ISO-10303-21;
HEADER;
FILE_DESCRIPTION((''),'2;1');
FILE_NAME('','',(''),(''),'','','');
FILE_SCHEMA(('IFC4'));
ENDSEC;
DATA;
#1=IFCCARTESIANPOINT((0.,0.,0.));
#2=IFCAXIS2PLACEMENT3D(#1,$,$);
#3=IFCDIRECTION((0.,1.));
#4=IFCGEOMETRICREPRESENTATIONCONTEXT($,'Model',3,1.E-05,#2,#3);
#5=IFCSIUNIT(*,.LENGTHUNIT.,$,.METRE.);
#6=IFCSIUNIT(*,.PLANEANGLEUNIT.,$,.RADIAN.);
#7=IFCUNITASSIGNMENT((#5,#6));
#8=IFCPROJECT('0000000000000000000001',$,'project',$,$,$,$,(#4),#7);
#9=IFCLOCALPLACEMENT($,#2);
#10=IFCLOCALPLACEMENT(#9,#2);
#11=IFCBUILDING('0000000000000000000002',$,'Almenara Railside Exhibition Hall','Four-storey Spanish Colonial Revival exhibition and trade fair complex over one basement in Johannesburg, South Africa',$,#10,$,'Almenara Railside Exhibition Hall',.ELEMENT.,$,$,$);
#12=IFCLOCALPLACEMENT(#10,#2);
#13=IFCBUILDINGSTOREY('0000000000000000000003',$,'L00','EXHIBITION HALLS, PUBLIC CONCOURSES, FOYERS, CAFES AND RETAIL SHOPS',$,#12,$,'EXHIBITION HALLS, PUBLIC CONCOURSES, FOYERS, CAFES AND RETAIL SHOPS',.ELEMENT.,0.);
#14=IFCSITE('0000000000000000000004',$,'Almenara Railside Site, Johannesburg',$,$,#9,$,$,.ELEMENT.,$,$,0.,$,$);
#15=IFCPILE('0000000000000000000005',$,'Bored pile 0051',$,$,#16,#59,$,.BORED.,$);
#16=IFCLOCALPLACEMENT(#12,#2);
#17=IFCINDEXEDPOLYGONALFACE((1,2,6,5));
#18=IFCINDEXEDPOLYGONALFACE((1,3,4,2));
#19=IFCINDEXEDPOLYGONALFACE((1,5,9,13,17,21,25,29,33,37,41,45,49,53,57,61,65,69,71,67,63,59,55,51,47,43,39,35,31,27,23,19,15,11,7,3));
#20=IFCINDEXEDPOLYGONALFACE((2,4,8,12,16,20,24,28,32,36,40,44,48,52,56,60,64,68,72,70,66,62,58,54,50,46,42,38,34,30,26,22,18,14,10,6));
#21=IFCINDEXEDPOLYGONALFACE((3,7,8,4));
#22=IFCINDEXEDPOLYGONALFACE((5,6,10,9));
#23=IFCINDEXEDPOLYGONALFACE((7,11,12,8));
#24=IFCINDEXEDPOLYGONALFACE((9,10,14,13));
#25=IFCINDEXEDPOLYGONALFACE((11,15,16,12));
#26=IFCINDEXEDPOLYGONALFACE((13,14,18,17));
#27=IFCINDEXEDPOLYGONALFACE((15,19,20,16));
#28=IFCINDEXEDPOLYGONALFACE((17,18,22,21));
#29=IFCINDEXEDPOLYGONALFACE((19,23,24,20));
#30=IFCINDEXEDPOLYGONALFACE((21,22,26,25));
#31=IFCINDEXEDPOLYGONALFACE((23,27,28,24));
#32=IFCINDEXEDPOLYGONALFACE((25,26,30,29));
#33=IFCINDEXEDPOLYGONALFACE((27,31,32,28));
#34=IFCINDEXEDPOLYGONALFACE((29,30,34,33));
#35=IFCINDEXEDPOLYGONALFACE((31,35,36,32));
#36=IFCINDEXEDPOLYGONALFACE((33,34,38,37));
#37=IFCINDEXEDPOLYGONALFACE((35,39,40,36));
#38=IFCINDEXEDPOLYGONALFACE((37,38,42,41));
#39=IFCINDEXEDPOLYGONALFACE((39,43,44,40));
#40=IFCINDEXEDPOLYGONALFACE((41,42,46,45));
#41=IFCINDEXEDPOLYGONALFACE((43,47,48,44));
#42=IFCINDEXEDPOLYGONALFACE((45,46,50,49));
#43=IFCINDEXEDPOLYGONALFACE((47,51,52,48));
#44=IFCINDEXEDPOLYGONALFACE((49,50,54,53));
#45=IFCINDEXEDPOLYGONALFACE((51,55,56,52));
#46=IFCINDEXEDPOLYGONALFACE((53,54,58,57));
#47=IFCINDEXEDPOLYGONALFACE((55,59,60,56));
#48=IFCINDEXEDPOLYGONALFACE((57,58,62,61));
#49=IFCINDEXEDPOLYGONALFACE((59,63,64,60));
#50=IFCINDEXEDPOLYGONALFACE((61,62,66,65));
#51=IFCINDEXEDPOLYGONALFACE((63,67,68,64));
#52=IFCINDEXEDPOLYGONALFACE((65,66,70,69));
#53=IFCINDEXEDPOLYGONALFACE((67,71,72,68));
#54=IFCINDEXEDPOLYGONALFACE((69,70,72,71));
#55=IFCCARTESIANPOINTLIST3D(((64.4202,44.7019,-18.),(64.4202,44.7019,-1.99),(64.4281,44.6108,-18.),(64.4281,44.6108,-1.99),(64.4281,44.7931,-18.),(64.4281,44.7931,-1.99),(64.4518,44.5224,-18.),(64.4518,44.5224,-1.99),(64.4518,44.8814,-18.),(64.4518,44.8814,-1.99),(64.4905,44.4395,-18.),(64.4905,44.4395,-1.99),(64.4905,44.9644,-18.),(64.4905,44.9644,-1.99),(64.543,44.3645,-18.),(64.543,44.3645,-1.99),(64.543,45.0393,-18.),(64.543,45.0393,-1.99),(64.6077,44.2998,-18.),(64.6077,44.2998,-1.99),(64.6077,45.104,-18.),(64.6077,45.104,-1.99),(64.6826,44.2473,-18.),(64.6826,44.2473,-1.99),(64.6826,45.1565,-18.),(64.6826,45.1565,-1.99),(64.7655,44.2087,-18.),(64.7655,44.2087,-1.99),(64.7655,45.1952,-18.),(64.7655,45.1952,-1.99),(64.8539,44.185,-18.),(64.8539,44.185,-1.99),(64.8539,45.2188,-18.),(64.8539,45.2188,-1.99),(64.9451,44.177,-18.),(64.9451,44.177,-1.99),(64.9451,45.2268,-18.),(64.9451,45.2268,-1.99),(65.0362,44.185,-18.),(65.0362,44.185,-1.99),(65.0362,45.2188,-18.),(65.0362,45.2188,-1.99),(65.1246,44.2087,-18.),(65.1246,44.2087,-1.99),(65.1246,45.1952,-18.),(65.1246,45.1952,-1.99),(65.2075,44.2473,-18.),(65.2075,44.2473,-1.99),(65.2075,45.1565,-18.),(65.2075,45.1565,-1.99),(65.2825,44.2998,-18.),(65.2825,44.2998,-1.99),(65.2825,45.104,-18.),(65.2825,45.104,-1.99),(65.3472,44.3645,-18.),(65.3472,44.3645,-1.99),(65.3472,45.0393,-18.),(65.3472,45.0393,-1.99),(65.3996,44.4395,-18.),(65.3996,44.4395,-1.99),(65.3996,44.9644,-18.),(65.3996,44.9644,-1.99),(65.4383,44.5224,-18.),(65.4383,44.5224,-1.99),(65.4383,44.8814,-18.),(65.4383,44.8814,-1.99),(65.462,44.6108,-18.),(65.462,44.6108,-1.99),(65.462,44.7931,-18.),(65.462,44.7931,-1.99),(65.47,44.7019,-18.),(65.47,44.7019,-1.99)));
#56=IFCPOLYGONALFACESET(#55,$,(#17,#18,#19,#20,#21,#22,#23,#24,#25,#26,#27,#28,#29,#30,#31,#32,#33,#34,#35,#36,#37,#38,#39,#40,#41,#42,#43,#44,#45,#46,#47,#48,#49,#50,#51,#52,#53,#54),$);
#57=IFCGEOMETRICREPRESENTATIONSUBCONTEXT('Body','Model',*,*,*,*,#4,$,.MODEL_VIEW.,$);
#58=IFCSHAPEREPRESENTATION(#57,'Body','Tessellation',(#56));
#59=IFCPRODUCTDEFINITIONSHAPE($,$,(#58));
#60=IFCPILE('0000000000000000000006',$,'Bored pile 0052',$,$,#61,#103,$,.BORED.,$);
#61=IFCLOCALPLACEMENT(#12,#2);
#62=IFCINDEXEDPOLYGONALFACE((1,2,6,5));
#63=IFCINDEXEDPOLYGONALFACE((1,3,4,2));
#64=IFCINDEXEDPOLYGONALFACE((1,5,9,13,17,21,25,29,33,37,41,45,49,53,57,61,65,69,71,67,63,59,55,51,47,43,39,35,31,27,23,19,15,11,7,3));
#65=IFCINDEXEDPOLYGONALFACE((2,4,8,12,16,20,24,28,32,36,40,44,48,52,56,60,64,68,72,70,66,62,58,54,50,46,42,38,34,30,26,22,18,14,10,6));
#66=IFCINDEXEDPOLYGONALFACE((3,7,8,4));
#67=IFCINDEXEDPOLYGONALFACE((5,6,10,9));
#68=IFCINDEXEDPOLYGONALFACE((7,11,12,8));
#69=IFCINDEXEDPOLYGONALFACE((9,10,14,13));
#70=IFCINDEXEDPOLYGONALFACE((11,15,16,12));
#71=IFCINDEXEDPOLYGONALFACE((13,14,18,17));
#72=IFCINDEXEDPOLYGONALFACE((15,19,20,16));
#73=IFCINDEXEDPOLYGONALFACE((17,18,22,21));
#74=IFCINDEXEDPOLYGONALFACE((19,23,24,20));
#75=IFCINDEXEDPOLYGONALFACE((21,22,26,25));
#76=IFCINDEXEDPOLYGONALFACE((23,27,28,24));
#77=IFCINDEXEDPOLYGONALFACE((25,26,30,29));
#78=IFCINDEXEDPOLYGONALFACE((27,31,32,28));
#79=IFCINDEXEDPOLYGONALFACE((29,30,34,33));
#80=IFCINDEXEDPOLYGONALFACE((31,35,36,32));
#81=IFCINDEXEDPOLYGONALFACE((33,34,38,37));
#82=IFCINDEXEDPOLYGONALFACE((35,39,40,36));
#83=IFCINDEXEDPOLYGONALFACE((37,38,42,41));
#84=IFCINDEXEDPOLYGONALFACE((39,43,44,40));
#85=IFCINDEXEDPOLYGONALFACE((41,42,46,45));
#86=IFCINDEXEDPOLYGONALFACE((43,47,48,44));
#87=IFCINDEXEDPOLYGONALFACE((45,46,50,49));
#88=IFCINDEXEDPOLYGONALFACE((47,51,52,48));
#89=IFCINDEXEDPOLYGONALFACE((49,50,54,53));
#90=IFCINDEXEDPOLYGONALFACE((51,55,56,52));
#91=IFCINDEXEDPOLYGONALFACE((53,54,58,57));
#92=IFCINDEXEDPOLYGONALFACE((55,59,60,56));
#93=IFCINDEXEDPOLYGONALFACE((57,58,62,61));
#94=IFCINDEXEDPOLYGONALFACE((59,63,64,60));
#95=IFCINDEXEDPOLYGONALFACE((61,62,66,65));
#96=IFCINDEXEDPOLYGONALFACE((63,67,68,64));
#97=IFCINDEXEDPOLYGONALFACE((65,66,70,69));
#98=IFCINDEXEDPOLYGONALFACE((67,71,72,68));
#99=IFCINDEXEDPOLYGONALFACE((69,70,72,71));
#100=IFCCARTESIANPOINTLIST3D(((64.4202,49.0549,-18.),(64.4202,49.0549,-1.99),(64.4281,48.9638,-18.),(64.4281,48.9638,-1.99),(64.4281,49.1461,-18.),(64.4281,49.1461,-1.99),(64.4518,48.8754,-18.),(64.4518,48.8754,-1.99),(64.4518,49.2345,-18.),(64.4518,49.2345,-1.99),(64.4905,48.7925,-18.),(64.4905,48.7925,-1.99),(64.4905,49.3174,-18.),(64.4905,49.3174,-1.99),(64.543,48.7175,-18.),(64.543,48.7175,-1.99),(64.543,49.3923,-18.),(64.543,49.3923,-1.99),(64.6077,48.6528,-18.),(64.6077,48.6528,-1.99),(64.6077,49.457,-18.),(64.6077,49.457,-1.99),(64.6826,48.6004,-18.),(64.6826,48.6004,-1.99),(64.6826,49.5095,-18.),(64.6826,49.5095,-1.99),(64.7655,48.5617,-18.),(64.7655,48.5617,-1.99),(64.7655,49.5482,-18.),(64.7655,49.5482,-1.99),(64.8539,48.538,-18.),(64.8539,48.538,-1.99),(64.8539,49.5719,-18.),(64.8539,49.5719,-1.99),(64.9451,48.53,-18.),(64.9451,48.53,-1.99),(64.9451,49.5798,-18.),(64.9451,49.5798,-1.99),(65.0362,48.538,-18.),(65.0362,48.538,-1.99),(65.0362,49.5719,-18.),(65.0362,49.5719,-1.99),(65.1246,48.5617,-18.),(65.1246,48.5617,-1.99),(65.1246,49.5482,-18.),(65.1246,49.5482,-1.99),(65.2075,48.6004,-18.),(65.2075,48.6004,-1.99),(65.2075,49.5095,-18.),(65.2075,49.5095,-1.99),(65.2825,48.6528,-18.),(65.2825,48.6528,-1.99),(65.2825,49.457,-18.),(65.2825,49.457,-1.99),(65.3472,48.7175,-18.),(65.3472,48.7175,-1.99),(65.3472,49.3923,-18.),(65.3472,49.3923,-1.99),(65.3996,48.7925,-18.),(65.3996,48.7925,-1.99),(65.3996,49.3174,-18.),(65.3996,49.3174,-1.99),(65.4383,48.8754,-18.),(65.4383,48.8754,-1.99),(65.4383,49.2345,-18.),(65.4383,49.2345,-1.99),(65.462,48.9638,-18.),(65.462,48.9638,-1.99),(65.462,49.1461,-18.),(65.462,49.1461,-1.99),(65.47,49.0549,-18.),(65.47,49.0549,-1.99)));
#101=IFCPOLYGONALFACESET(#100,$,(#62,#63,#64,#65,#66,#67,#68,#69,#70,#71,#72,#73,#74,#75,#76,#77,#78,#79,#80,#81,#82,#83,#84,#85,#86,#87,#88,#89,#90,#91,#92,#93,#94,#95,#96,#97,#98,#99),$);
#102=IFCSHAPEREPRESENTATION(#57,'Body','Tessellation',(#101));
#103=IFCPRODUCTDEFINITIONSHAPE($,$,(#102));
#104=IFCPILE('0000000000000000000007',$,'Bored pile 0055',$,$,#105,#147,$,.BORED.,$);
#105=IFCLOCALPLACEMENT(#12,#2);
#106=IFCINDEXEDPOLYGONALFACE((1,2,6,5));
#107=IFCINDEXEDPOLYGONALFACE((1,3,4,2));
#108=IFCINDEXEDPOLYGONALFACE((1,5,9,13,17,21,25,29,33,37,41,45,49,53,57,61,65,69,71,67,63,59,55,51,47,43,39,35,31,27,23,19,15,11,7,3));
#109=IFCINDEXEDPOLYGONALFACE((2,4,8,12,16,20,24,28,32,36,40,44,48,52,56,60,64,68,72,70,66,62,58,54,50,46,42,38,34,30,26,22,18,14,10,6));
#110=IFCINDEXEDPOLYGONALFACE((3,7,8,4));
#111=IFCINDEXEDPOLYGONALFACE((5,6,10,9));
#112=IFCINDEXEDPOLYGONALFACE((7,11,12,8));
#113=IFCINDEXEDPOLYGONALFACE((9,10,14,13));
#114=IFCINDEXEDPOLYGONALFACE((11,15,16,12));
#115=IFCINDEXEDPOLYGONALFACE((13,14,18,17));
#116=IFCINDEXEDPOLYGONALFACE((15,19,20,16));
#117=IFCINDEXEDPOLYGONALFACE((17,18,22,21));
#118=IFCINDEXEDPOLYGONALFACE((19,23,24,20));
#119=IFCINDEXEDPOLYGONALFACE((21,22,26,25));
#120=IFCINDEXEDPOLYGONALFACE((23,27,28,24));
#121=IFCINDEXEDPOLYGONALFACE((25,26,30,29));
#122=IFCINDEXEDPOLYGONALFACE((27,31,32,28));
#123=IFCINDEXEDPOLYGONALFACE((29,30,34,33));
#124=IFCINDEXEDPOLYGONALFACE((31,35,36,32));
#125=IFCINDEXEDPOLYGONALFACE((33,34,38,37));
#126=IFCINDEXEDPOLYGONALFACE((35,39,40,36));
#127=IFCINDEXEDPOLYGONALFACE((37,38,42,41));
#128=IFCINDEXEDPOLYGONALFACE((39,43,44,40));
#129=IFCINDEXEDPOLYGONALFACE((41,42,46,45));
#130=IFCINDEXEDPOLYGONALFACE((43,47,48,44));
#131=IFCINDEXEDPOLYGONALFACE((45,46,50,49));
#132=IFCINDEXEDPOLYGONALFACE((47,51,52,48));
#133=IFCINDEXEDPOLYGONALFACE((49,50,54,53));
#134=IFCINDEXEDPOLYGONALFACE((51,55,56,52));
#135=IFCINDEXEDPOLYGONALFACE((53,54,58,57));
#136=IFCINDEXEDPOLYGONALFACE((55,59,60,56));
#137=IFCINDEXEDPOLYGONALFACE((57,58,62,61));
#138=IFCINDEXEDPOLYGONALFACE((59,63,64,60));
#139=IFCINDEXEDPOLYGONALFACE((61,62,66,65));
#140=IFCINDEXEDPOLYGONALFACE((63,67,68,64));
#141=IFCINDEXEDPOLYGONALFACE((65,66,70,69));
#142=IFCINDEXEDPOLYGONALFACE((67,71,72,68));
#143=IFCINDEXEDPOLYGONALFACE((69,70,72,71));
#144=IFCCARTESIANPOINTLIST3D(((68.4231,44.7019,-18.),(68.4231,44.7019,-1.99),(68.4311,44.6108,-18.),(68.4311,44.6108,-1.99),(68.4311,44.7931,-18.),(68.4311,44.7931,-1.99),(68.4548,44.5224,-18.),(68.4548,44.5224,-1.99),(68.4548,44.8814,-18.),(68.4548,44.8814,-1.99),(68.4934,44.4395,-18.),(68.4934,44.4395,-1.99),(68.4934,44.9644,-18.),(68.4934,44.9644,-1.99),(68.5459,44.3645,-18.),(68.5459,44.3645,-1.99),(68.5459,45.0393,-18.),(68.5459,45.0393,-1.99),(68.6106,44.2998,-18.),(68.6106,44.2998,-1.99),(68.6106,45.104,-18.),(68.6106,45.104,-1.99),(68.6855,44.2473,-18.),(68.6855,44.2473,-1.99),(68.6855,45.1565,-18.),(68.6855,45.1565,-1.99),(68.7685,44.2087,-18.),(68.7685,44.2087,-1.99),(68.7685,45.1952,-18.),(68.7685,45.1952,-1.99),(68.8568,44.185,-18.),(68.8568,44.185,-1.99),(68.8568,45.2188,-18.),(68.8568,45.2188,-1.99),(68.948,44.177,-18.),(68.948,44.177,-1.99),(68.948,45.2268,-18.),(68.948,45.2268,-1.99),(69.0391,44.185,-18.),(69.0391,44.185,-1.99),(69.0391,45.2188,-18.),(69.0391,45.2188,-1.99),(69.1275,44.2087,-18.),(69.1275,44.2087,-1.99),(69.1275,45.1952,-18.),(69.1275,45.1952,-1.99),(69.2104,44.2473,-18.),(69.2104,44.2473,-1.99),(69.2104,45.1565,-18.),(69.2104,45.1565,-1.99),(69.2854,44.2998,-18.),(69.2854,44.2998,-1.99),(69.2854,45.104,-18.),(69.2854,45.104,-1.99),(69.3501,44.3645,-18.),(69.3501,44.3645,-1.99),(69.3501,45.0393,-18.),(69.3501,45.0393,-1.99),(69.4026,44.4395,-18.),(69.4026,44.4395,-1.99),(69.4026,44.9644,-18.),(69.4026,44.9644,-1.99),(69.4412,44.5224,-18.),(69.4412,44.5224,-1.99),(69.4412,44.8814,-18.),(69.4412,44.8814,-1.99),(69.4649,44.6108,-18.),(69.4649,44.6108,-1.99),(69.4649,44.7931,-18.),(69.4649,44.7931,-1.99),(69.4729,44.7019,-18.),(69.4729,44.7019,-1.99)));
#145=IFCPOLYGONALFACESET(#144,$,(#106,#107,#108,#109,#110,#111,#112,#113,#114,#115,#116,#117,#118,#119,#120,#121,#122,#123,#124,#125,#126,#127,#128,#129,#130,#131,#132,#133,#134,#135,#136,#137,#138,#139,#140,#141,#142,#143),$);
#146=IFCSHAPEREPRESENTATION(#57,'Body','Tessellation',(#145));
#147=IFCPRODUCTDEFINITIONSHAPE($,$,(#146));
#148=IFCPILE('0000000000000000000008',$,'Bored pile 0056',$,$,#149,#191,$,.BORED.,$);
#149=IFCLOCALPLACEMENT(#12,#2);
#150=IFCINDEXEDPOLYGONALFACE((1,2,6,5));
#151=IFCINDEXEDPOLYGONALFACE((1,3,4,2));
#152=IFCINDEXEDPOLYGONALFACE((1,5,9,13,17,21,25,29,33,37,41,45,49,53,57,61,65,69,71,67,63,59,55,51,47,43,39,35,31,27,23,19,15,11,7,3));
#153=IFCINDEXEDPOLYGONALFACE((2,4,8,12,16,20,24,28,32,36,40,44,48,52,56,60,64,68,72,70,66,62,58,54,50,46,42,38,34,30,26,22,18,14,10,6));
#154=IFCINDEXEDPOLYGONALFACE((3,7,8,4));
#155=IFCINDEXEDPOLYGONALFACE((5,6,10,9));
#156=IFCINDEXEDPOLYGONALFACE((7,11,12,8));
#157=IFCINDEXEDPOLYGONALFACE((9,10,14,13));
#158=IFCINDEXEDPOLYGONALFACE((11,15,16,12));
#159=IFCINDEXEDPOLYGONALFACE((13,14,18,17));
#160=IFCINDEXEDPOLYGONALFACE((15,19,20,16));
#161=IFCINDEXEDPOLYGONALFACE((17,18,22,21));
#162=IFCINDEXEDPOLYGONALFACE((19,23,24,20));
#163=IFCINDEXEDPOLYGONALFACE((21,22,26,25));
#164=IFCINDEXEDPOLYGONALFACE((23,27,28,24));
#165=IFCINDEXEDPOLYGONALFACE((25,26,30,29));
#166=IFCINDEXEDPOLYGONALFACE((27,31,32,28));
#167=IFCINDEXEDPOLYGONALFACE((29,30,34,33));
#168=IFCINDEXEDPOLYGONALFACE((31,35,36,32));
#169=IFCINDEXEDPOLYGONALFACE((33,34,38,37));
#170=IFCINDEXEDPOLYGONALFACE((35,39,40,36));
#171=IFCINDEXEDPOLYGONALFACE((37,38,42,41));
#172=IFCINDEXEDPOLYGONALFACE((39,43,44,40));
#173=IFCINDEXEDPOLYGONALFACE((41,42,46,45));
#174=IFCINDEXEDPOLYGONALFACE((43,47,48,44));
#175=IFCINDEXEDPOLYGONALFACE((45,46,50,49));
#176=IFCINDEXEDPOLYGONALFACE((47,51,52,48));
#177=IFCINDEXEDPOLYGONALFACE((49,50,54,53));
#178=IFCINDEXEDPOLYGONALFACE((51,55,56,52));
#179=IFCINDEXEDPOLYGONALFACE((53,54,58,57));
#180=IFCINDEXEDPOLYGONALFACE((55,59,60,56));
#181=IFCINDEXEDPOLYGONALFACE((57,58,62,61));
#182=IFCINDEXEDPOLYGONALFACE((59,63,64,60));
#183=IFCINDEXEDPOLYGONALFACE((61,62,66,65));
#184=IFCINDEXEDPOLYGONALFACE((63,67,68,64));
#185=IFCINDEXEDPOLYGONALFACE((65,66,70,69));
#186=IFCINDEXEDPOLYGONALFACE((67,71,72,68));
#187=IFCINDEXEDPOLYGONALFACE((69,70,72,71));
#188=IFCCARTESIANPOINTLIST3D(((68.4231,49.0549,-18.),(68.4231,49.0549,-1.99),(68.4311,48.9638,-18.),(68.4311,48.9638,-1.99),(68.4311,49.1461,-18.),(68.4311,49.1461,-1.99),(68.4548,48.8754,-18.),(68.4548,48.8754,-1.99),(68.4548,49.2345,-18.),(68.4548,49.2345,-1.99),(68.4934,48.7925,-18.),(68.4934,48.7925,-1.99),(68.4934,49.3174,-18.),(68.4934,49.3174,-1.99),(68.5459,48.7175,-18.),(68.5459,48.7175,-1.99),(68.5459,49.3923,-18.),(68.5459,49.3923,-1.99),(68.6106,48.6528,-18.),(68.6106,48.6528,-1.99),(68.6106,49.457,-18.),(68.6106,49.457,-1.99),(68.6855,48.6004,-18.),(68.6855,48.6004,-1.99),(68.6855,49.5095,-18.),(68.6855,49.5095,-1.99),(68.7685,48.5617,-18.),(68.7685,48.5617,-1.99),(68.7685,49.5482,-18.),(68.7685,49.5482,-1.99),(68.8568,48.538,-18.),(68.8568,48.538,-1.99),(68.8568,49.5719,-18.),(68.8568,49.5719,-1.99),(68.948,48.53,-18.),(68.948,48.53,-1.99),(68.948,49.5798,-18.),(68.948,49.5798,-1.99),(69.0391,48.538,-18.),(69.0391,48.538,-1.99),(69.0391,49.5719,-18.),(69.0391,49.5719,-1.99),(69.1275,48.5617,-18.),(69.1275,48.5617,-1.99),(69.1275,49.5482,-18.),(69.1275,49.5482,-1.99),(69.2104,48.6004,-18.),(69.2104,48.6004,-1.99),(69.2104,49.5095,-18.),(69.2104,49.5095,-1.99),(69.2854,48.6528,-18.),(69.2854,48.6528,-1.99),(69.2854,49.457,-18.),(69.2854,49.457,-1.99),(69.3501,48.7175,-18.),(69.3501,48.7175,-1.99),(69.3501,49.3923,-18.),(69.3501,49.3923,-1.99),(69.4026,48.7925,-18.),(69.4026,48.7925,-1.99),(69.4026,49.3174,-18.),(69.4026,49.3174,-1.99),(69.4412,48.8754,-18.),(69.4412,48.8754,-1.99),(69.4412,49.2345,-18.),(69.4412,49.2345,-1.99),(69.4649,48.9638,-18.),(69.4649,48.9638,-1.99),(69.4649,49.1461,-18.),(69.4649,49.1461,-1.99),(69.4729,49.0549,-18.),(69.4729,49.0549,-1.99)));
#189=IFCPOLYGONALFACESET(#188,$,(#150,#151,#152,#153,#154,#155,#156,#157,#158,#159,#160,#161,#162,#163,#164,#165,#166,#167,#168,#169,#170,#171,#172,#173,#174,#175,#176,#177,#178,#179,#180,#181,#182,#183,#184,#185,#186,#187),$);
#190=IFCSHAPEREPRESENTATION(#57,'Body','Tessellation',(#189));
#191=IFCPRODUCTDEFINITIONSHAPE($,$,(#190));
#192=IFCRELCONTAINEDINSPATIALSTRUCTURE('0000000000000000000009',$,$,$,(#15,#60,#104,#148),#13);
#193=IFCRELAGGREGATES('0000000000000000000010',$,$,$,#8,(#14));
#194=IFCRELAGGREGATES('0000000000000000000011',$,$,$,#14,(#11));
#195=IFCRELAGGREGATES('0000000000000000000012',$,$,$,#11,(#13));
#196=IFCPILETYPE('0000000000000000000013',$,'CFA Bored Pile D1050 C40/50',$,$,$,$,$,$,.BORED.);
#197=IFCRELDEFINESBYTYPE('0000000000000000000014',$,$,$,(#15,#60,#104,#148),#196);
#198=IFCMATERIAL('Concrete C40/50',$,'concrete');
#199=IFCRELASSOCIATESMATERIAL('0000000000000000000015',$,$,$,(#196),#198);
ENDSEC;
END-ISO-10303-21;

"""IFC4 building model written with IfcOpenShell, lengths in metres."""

from ifc_helpers import new_model, si_unit, direction, frame, origin, origin_2d, place, context, subcontext, project, spatial, circle, extrude, material, material_profile, profile_set, type_object, element, save


model = new_model("IFC4")

# Units and contexts
model_context = context("Model", 3, precision=1e-05, world=origin(), true_north=direction((0.0, 1.0)))
body_context = subcontext(model_context, "Body", "Model", "MODEL_VIEW")
ifc_project = project(units=[si_unit("LENGTHUNIT", "METRE"), si_unit("PLANEANGLEUNIT", "RADIAN")], contexts=[model_context])

# Site, building, storey
site_placement = place(None, origin())
site = spatial("IfcSite", under=ifc_project, at=site_placement, Name="Almenara Railside Site, Johannesburg", CompositionType="ELEMENT", RefElevation=0.0)
building_placement = place(site_placement, origin())
building = spatial("IfcBuilding", under=site, at=building_placement, Name="Almenara Railside Exhibition Hall", Description="Four-storey Spanish Colonial Revival exhibition and trade fair complex over one basement in Johannesburg, South Africa", LongName="Almenara Railside Exhibition Hall", CompositionType="ELEMENT")
storey_placement = place(building_placement, origin())
storey = spatial("IfcBuildingStorey", under=building, at=storey_placement, Name="L00", Description="EXHIBITION HALLS, PUBLIC CONCOURSES, FOYERS, CAFES AND RETAIL SHOPS", LongName="EXHIBITION HALLS, PUBLIC CONCOURSES, FOYERS, CAFES AND RETAIL SHOPS", CompositionType="ELEMENT", Elevation=0.0)

# Piles
ifc_material_1 = material(Name="Concrete C40/50", Category="concrete")
ifc_material_profile_1 = material_profile(ifc_material_1, circle(Radius=0.5249, at=origin_2d()), Name="CFA-PILE D1050")
ifc_profile_set_1 = profile_set([ifc_material_profile_1], Name="Concrete C40/50")
pile_type_1 = type_object("IfcPileType", Name="CFA Bored Pile D1050 C40/50", PredefinedType="BORED", material=ifc_profile_set_1)
for number, where, z_axis, x_axis, name in (
    (1, (64.9451, 44.7019, -1.99), (0.0, 0.0, -1.0), (1.0, 0.0, 0.0), "Bored pile 0051"),
    (2, (64.9451, 49.0549, -1.99), (0.0, 0.0, -1.0), (1.0, 0.0, 0.0), "Bored pile 0052"),
    (3, (68.948, 44.7019, -1.99), (0.0, 0.0, -1.0), (1.0, 0.0, 0.0), "Bored pile 0055"),
    (4, (68.948, 49.0549, -1.99), (0.0, 0.0, -1.0), (1.0, 0.0, 0.0), "Bored pile 0056"),
):
    element("IfcPile", number, at=place(storey_placement, frame(where, z_axis=z_axis, x_axis=x_axis)), inside=storey, type_object=pile_type_1, Name=name, PredefinedType="BORED", context=body_context, shape_type="SweptSolid", body=[
        extrude(circle(Radius=0.5249, at=origin_2d()), origin(), (0.0, 0.0, 1.0), 16.01),
    ])

save(model, "model.ifc")
